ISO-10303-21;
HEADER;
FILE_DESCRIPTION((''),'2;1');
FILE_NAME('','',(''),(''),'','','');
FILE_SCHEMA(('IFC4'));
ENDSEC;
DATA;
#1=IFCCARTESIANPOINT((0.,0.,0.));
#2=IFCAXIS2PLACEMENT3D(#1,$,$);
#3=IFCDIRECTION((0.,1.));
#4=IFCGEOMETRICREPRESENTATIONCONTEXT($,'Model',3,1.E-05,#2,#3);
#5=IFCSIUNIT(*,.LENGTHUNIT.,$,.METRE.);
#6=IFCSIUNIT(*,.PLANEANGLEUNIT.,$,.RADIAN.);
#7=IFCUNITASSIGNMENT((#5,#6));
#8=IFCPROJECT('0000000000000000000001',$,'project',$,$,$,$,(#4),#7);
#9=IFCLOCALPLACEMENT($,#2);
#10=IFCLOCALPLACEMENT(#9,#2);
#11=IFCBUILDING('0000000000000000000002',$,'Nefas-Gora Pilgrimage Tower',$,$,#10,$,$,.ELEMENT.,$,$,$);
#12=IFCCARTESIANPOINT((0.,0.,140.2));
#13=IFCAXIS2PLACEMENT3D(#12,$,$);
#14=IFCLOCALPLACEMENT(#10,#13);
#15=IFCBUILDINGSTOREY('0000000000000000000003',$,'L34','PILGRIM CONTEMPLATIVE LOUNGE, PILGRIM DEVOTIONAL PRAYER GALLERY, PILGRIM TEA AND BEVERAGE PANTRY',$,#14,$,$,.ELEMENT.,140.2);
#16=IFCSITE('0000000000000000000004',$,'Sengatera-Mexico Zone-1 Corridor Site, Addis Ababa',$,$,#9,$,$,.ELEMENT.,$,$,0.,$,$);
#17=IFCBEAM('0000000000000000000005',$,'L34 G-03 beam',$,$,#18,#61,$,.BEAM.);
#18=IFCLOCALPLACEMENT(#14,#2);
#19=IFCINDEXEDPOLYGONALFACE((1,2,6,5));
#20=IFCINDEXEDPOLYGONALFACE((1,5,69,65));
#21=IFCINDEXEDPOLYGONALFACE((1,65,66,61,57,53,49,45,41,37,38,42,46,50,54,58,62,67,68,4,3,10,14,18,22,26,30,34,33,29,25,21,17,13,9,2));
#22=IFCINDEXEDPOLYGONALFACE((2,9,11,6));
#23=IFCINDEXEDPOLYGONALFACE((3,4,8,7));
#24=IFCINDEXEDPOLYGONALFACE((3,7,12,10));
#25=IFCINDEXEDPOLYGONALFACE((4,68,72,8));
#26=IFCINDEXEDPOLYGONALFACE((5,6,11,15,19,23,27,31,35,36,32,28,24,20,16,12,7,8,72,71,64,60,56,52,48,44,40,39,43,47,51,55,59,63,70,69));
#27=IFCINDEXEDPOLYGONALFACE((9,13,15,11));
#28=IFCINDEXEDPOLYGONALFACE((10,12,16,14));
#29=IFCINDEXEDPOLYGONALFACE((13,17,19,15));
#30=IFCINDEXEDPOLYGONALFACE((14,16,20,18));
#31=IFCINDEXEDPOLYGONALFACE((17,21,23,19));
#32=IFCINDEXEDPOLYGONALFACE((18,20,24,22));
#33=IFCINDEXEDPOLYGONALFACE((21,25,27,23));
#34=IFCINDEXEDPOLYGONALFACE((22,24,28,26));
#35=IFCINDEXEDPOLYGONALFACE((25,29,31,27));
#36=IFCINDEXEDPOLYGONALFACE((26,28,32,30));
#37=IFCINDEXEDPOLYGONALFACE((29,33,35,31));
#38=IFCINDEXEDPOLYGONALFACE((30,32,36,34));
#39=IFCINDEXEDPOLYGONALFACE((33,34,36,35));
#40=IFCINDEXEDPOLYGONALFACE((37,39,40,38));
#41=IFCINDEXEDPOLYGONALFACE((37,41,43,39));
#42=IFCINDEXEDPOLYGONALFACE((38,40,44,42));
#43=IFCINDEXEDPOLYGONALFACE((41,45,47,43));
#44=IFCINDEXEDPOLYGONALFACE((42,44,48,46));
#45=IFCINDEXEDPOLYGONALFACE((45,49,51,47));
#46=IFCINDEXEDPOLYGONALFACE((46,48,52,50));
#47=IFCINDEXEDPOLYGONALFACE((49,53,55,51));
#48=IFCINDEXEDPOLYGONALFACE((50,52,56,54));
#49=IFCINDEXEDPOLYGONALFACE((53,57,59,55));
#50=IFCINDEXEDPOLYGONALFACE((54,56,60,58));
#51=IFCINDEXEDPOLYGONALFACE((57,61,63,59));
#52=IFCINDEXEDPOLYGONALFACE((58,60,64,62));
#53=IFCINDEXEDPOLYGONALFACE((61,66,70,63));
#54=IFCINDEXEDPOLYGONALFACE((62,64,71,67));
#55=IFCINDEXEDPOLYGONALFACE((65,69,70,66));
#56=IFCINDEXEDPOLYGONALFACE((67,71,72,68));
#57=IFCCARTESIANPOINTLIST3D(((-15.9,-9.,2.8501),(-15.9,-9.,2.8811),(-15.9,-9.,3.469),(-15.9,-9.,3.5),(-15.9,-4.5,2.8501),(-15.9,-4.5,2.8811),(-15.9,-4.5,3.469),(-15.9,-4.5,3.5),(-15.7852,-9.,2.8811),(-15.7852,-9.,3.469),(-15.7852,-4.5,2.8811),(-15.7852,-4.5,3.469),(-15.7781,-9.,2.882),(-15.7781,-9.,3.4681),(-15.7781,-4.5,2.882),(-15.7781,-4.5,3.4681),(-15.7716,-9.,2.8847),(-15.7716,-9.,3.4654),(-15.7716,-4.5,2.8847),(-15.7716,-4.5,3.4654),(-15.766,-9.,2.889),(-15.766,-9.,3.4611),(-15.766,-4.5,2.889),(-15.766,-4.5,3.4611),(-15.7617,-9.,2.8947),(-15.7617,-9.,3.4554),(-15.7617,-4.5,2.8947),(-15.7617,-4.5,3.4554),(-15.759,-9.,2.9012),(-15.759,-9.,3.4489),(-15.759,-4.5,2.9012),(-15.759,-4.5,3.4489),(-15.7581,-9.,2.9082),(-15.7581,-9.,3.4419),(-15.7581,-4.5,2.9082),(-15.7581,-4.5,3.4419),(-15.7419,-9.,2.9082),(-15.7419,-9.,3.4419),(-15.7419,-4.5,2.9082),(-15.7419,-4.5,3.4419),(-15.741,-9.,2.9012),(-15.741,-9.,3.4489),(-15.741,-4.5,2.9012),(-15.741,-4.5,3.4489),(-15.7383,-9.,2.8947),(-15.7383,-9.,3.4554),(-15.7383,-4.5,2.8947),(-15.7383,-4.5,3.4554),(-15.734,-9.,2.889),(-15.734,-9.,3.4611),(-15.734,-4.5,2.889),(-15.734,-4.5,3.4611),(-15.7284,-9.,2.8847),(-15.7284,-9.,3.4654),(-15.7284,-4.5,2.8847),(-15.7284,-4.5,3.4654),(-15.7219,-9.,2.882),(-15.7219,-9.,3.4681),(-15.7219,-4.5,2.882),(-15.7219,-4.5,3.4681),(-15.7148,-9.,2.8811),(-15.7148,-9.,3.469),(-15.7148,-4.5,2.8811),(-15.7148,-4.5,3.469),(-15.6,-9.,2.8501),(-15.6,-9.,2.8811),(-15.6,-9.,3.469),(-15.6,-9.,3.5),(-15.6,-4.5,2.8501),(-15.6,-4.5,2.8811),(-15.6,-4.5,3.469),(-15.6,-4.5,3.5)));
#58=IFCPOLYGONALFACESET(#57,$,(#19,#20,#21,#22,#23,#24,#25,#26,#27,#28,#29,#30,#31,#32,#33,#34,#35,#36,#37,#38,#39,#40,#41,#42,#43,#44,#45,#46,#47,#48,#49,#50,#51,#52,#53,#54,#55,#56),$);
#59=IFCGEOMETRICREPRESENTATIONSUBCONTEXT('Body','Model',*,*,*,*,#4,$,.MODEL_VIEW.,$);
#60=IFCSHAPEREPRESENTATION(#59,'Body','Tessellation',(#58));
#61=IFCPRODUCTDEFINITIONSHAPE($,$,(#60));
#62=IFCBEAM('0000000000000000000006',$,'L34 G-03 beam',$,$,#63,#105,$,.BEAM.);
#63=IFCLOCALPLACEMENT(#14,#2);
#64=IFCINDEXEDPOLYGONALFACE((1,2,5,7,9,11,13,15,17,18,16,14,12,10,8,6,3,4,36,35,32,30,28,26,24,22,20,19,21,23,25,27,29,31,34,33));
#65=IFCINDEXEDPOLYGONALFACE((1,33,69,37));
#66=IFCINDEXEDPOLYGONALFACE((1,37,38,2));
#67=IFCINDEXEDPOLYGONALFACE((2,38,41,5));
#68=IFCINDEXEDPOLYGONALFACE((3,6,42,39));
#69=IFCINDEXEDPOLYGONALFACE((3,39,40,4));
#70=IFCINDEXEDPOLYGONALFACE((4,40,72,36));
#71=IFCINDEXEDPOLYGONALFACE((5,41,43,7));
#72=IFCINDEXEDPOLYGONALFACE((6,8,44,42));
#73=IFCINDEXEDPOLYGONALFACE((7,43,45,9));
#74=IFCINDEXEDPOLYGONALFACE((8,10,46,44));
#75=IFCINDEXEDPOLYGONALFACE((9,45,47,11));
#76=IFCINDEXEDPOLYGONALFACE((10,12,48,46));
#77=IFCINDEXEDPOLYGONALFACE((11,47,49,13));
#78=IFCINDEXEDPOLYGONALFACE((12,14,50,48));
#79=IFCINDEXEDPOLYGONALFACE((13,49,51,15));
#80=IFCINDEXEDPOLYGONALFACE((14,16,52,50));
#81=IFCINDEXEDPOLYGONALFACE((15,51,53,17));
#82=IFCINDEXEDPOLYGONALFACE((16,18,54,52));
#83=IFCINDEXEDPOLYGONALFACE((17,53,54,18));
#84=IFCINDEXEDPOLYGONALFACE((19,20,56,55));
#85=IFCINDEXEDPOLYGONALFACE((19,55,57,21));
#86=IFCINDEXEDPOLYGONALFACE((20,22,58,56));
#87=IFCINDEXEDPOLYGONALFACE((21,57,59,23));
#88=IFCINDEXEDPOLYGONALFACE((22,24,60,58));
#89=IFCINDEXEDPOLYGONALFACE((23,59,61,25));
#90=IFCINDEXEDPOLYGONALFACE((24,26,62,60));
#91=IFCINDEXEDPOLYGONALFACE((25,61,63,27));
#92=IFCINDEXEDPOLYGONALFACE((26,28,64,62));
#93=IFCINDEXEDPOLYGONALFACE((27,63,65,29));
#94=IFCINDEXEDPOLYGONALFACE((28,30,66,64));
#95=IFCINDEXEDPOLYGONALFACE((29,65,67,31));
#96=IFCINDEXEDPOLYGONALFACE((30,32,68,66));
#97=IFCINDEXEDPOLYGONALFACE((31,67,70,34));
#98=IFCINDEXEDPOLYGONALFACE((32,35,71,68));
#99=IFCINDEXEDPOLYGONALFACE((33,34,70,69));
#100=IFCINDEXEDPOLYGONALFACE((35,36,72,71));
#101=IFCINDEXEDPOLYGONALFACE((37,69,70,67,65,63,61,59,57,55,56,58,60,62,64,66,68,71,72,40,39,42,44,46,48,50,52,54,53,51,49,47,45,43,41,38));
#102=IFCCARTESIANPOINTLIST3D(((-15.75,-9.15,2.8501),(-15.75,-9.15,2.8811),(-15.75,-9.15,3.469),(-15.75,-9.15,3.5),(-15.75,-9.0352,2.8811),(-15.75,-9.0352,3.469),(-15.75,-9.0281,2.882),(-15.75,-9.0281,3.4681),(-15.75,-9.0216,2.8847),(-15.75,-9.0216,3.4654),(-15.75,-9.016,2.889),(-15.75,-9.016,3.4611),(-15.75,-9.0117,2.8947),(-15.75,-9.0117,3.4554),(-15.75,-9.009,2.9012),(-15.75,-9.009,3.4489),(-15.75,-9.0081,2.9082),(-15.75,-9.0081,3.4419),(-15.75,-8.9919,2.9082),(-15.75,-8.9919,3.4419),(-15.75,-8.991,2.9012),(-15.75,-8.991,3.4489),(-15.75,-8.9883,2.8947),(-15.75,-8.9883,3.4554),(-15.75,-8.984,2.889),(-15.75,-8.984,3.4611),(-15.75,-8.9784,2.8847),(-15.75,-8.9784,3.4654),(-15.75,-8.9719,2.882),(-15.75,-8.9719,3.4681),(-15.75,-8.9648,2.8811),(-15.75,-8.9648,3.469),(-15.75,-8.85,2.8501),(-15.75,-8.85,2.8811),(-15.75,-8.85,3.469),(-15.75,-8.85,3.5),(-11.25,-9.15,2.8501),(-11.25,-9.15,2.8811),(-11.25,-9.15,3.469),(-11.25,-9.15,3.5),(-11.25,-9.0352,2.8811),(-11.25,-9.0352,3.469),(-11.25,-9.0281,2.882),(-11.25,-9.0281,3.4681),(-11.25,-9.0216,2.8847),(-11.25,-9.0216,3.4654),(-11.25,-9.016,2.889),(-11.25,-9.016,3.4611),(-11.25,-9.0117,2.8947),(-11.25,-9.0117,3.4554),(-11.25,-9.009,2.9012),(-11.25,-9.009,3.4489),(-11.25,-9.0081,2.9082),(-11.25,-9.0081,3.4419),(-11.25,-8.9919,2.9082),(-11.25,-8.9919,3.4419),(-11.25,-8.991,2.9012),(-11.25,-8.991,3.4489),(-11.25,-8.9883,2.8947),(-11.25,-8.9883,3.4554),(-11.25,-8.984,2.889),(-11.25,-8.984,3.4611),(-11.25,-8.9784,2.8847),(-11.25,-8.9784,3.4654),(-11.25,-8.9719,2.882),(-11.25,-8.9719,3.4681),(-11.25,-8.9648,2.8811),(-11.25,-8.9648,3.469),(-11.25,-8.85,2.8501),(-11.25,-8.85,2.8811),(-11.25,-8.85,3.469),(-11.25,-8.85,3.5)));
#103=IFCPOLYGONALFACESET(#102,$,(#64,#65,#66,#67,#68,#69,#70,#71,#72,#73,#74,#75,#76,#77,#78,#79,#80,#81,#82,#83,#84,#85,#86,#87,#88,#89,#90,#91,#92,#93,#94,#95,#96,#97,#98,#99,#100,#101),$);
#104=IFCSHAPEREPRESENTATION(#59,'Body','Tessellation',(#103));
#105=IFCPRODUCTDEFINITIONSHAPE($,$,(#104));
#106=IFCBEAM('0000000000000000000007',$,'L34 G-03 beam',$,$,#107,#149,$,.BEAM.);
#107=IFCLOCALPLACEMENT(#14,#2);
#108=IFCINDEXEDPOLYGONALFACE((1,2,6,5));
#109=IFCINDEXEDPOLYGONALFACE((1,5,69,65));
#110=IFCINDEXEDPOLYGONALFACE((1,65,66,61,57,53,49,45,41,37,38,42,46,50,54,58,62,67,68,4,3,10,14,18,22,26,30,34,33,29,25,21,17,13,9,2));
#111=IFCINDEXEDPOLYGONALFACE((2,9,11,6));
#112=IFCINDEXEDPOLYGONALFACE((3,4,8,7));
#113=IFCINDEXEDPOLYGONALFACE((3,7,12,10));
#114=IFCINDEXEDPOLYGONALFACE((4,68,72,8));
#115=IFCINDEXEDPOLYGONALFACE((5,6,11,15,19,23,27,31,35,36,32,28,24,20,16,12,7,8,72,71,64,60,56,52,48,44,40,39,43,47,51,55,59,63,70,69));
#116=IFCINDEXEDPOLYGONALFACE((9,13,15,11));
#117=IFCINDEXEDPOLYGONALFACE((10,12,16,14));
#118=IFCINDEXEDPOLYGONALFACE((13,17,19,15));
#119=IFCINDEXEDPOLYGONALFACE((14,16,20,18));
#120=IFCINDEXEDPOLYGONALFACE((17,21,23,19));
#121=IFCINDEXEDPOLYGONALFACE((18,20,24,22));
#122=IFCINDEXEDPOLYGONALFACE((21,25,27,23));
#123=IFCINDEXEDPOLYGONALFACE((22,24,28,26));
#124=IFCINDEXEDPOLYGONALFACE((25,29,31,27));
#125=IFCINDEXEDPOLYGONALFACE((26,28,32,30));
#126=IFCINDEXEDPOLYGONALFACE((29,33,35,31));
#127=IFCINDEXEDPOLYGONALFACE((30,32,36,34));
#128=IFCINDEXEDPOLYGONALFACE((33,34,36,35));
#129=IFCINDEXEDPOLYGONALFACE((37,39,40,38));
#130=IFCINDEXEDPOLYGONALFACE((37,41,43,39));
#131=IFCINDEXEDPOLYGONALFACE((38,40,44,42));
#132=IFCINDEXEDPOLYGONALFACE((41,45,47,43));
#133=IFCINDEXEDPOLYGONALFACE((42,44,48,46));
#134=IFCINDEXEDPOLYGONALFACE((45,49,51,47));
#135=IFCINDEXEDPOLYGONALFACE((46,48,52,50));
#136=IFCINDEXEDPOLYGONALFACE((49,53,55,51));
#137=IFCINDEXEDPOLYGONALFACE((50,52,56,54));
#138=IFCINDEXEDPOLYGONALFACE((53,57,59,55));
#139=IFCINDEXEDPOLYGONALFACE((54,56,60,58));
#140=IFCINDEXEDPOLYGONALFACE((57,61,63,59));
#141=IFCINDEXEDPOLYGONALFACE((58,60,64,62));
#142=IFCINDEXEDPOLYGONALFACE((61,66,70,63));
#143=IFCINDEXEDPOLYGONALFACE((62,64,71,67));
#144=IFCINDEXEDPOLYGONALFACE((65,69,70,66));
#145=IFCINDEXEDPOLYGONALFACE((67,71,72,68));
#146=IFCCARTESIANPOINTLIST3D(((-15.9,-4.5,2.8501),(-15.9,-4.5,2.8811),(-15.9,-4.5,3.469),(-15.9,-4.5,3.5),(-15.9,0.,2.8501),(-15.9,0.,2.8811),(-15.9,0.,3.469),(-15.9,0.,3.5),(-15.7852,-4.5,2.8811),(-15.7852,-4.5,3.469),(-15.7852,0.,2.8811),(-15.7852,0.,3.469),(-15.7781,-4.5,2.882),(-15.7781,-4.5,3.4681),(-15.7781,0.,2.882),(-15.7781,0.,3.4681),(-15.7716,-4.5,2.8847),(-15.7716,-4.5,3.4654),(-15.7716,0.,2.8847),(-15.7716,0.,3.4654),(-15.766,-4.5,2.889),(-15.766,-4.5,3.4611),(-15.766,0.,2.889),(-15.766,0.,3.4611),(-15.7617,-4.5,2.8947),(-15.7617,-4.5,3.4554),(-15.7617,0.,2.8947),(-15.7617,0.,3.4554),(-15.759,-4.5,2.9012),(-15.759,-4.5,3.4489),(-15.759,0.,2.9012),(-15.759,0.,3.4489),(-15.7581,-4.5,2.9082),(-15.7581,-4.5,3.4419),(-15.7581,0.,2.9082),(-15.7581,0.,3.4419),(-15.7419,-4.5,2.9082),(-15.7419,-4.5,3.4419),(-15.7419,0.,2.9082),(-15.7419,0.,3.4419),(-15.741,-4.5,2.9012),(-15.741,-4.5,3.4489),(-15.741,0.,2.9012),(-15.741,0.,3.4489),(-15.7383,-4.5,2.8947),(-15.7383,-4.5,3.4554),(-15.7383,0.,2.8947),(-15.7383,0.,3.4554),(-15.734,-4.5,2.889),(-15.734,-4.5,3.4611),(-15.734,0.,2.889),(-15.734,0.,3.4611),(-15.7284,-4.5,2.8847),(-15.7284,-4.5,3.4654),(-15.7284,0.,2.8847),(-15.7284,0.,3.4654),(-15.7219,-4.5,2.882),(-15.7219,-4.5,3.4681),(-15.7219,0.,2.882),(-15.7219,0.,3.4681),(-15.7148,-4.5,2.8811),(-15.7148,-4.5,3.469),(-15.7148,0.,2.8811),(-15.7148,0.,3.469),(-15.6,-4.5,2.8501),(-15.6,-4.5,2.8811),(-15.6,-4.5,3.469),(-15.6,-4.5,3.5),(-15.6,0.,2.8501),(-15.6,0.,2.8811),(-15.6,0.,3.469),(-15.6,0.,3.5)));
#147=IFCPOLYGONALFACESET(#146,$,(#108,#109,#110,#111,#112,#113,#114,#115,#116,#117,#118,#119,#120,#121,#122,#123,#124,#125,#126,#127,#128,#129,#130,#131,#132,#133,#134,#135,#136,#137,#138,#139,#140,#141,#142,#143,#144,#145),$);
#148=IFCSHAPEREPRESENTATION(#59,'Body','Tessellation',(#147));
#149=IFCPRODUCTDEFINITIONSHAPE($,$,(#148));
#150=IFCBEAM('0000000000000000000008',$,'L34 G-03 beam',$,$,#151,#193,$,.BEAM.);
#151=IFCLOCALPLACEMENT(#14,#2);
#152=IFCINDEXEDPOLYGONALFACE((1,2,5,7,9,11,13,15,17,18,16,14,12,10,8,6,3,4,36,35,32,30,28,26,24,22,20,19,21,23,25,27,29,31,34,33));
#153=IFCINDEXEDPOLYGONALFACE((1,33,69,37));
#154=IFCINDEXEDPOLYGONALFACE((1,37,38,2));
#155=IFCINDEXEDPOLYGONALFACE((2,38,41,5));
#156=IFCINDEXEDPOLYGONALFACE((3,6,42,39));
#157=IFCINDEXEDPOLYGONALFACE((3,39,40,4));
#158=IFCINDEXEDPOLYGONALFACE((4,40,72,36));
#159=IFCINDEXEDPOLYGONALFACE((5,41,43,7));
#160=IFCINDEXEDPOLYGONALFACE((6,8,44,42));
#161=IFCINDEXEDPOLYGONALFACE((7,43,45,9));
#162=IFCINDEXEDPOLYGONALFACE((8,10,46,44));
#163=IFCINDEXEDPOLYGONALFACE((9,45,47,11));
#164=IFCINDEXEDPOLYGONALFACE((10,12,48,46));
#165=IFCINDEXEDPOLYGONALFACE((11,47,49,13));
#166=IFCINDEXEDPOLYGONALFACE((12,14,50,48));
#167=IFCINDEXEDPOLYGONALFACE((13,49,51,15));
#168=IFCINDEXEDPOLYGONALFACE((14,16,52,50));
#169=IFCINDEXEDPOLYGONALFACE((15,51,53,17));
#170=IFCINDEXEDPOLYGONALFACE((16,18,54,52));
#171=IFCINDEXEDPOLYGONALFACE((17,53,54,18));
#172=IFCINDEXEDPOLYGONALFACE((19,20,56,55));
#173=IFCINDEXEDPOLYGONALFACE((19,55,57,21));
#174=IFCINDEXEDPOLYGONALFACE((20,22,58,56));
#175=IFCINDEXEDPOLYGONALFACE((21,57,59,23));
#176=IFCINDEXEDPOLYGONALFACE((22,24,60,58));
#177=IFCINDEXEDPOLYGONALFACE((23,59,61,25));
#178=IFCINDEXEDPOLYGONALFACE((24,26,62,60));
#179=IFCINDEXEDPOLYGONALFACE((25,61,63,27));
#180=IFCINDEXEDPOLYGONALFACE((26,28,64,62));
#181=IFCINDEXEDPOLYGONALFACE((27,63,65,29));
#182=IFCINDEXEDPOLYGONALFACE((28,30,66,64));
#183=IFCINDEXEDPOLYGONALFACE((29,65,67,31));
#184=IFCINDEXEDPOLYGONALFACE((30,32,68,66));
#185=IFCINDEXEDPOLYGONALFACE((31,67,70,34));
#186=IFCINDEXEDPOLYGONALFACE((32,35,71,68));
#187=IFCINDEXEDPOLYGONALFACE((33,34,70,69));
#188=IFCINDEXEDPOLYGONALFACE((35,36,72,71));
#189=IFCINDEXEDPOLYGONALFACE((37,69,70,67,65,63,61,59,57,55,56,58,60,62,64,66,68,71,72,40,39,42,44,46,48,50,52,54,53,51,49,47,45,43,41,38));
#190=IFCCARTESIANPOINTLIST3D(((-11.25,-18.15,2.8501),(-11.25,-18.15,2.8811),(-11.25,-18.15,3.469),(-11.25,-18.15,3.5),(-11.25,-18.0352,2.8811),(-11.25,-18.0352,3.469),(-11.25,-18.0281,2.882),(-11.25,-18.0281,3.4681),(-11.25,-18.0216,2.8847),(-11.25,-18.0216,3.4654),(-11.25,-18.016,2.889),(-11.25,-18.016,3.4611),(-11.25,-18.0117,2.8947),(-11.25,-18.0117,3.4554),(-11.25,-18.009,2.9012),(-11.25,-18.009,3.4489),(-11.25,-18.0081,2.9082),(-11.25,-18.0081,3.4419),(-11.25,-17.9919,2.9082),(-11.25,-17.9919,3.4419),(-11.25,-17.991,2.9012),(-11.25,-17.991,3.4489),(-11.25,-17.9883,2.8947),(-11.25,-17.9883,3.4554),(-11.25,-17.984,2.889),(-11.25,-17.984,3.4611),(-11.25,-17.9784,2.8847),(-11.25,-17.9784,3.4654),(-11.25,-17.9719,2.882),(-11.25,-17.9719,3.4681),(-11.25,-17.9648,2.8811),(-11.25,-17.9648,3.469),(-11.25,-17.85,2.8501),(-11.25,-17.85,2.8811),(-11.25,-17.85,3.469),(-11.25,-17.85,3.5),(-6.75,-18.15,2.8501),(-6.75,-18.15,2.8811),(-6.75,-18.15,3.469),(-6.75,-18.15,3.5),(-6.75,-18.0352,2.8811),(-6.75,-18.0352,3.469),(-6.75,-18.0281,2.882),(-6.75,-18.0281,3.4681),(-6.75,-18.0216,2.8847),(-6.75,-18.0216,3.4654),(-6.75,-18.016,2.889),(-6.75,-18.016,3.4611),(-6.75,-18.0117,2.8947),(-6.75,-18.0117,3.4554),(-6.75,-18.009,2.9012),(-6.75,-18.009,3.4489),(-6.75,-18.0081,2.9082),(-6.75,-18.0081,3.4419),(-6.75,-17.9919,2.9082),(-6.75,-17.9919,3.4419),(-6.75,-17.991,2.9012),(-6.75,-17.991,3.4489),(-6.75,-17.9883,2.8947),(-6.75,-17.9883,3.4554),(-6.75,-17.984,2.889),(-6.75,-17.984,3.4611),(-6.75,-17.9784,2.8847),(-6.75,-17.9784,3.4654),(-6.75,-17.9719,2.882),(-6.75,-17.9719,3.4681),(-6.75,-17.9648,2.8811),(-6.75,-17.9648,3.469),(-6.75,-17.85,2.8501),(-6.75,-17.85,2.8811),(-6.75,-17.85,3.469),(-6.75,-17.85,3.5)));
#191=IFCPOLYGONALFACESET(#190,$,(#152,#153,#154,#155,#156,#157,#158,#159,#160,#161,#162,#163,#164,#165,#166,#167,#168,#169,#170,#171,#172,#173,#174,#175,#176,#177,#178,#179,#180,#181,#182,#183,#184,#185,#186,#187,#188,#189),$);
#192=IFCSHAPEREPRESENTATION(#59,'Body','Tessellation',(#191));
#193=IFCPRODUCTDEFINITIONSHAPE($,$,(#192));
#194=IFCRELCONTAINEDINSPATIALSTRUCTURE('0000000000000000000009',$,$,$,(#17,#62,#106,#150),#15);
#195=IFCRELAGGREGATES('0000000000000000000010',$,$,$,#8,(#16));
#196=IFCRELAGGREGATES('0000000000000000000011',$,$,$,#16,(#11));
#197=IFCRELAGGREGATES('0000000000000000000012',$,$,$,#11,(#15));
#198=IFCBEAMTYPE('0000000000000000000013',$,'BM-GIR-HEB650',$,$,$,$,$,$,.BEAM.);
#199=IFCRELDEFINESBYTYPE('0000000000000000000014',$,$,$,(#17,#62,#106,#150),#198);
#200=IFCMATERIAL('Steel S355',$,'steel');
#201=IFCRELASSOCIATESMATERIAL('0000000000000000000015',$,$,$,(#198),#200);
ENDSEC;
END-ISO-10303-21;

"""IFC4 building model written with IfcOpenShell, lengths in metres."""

from ifc_helpers import new_model, si_unit, direction, frame, origin, origin_2d, place, context, subcontext, project, spatial, i_section, extrude, source, transform, mapped, material, material_profile, profile_set, type_object, element, save


model = new_model("IFC4")

# Units and contexts
model_context = context("Model", 3, precision=1e-05, world=origin(), true_north=direction((0.0, 1.0)))
body_context = subcontext(model_context, "Body", "Model", "MODEL_VIEW")
ifc_project = project(units=[si_unit("LENGTHUNIT", "METRE"), si_unit("PLANEANGLEUNIT", "RADIAN")], contexts=[model_context])

# Site, building, storey
site_placement = place(None, origin())
site = spatial("IfcSite", under=ifc_project, at=site_placement, Name="Sengatera-Mexico Zone-1 Corridor Site, Addis Ababa", CompositionType="ELEMENT", RefElevation=0.0)
building_placement = place(site_placement, origin())
building = spatial("IfcBuilding", under=site, at=building_placement, Name="Nefas-Gora Pilgrimage Tower", CompositionType="ELEMENT")
storey_placement = place(building_placement, frame((0.0, 0.0, 140.2)))
storey = spatial("IfcBuildingStorey", under=building, at=storey_placement, Name="L34", Description="PILGRIM CONTEMPLATIVE LOUNGE, PILGRIM DEVOTIONAL PRAYER GALLERY, PILGRIM TEA AND BEVERAGE PANTRY", CompositionType="ELEMENT", Elevation=140.2)

# Beams
ifc_material_1 = material(Name="Steel S355", Category="steel")
ifc_material_profile_1 = material_profile(ifc_material_1, i_section(OverallWidth=0.3, OverallDepth=0.6499, WebThickness=0.0161, FlangeThickness=0.031, FilletRadius=0.0271, at=origin_2d()), Name="HEB 650")
ifc_profile_set_1 = profile_set([ifc_material_profile_1], Name="Steel S355")
beam_type = type_object("IfcBeamType", Name="BM-GIR-HEB650", PredefinedType="BEAM", material=ifc_profile_set_1)
shared_shape_1 = source(origin(), body_context, "Body", "SweptSolid", [
    extrude(i_section(OverallWidth=0.3, OverallDepth=0.6499, WebThickness=0.0161, FlangeThickness=0.031, FilletRadius=0.0271, at=origin_2d()), origin(), (0.0, 0.0, 1.0), 4.5),
])
for number, where, z_axis, x_axis, name in (
    (1, (-15.75, -9.0, 3.175), (0.0, 1.0, 0.0), (-1.0, 0.0, 0.0), "L34 G-03 beam"),
    (2, (-15.75, -9.0, 3.175), (1.0, 0.0, 0.0), (0.0, 1.0, 0.0), "L34 G-03 beam"),
    (3, (-15.75, -4.5, 3.175), (0.0, 1.0, 0.0), (-1.0, 0.0, 0.0), "L34 G-03 beam"),
    (4, (-11.25, -18.0, 3.175), (1.0, 0.0, 0.0), (0.0, 1.0, 0.0), "L34 G-03 beam"),
):
    element("IfcBeam", number, at=place(storey_placement, frame(where, z_axis=z_axis, x_axis=x_axis)), inside=storey, type_object=beam_type, Name=name, PredefinedType="BEAM", context=body_context, shape_type="MappedRepresentation", body=[
        mapped(shared_shape_1, transform((0.0, 0.0, 0.0), x_axis=(1.0, 0.0, 0.0), y_axis=(0.0, 1.0, 0.0), z_axis=(0.0, 0.0, 1.0), scale=1.0)),
    ])

save(model, "model.ifc")
